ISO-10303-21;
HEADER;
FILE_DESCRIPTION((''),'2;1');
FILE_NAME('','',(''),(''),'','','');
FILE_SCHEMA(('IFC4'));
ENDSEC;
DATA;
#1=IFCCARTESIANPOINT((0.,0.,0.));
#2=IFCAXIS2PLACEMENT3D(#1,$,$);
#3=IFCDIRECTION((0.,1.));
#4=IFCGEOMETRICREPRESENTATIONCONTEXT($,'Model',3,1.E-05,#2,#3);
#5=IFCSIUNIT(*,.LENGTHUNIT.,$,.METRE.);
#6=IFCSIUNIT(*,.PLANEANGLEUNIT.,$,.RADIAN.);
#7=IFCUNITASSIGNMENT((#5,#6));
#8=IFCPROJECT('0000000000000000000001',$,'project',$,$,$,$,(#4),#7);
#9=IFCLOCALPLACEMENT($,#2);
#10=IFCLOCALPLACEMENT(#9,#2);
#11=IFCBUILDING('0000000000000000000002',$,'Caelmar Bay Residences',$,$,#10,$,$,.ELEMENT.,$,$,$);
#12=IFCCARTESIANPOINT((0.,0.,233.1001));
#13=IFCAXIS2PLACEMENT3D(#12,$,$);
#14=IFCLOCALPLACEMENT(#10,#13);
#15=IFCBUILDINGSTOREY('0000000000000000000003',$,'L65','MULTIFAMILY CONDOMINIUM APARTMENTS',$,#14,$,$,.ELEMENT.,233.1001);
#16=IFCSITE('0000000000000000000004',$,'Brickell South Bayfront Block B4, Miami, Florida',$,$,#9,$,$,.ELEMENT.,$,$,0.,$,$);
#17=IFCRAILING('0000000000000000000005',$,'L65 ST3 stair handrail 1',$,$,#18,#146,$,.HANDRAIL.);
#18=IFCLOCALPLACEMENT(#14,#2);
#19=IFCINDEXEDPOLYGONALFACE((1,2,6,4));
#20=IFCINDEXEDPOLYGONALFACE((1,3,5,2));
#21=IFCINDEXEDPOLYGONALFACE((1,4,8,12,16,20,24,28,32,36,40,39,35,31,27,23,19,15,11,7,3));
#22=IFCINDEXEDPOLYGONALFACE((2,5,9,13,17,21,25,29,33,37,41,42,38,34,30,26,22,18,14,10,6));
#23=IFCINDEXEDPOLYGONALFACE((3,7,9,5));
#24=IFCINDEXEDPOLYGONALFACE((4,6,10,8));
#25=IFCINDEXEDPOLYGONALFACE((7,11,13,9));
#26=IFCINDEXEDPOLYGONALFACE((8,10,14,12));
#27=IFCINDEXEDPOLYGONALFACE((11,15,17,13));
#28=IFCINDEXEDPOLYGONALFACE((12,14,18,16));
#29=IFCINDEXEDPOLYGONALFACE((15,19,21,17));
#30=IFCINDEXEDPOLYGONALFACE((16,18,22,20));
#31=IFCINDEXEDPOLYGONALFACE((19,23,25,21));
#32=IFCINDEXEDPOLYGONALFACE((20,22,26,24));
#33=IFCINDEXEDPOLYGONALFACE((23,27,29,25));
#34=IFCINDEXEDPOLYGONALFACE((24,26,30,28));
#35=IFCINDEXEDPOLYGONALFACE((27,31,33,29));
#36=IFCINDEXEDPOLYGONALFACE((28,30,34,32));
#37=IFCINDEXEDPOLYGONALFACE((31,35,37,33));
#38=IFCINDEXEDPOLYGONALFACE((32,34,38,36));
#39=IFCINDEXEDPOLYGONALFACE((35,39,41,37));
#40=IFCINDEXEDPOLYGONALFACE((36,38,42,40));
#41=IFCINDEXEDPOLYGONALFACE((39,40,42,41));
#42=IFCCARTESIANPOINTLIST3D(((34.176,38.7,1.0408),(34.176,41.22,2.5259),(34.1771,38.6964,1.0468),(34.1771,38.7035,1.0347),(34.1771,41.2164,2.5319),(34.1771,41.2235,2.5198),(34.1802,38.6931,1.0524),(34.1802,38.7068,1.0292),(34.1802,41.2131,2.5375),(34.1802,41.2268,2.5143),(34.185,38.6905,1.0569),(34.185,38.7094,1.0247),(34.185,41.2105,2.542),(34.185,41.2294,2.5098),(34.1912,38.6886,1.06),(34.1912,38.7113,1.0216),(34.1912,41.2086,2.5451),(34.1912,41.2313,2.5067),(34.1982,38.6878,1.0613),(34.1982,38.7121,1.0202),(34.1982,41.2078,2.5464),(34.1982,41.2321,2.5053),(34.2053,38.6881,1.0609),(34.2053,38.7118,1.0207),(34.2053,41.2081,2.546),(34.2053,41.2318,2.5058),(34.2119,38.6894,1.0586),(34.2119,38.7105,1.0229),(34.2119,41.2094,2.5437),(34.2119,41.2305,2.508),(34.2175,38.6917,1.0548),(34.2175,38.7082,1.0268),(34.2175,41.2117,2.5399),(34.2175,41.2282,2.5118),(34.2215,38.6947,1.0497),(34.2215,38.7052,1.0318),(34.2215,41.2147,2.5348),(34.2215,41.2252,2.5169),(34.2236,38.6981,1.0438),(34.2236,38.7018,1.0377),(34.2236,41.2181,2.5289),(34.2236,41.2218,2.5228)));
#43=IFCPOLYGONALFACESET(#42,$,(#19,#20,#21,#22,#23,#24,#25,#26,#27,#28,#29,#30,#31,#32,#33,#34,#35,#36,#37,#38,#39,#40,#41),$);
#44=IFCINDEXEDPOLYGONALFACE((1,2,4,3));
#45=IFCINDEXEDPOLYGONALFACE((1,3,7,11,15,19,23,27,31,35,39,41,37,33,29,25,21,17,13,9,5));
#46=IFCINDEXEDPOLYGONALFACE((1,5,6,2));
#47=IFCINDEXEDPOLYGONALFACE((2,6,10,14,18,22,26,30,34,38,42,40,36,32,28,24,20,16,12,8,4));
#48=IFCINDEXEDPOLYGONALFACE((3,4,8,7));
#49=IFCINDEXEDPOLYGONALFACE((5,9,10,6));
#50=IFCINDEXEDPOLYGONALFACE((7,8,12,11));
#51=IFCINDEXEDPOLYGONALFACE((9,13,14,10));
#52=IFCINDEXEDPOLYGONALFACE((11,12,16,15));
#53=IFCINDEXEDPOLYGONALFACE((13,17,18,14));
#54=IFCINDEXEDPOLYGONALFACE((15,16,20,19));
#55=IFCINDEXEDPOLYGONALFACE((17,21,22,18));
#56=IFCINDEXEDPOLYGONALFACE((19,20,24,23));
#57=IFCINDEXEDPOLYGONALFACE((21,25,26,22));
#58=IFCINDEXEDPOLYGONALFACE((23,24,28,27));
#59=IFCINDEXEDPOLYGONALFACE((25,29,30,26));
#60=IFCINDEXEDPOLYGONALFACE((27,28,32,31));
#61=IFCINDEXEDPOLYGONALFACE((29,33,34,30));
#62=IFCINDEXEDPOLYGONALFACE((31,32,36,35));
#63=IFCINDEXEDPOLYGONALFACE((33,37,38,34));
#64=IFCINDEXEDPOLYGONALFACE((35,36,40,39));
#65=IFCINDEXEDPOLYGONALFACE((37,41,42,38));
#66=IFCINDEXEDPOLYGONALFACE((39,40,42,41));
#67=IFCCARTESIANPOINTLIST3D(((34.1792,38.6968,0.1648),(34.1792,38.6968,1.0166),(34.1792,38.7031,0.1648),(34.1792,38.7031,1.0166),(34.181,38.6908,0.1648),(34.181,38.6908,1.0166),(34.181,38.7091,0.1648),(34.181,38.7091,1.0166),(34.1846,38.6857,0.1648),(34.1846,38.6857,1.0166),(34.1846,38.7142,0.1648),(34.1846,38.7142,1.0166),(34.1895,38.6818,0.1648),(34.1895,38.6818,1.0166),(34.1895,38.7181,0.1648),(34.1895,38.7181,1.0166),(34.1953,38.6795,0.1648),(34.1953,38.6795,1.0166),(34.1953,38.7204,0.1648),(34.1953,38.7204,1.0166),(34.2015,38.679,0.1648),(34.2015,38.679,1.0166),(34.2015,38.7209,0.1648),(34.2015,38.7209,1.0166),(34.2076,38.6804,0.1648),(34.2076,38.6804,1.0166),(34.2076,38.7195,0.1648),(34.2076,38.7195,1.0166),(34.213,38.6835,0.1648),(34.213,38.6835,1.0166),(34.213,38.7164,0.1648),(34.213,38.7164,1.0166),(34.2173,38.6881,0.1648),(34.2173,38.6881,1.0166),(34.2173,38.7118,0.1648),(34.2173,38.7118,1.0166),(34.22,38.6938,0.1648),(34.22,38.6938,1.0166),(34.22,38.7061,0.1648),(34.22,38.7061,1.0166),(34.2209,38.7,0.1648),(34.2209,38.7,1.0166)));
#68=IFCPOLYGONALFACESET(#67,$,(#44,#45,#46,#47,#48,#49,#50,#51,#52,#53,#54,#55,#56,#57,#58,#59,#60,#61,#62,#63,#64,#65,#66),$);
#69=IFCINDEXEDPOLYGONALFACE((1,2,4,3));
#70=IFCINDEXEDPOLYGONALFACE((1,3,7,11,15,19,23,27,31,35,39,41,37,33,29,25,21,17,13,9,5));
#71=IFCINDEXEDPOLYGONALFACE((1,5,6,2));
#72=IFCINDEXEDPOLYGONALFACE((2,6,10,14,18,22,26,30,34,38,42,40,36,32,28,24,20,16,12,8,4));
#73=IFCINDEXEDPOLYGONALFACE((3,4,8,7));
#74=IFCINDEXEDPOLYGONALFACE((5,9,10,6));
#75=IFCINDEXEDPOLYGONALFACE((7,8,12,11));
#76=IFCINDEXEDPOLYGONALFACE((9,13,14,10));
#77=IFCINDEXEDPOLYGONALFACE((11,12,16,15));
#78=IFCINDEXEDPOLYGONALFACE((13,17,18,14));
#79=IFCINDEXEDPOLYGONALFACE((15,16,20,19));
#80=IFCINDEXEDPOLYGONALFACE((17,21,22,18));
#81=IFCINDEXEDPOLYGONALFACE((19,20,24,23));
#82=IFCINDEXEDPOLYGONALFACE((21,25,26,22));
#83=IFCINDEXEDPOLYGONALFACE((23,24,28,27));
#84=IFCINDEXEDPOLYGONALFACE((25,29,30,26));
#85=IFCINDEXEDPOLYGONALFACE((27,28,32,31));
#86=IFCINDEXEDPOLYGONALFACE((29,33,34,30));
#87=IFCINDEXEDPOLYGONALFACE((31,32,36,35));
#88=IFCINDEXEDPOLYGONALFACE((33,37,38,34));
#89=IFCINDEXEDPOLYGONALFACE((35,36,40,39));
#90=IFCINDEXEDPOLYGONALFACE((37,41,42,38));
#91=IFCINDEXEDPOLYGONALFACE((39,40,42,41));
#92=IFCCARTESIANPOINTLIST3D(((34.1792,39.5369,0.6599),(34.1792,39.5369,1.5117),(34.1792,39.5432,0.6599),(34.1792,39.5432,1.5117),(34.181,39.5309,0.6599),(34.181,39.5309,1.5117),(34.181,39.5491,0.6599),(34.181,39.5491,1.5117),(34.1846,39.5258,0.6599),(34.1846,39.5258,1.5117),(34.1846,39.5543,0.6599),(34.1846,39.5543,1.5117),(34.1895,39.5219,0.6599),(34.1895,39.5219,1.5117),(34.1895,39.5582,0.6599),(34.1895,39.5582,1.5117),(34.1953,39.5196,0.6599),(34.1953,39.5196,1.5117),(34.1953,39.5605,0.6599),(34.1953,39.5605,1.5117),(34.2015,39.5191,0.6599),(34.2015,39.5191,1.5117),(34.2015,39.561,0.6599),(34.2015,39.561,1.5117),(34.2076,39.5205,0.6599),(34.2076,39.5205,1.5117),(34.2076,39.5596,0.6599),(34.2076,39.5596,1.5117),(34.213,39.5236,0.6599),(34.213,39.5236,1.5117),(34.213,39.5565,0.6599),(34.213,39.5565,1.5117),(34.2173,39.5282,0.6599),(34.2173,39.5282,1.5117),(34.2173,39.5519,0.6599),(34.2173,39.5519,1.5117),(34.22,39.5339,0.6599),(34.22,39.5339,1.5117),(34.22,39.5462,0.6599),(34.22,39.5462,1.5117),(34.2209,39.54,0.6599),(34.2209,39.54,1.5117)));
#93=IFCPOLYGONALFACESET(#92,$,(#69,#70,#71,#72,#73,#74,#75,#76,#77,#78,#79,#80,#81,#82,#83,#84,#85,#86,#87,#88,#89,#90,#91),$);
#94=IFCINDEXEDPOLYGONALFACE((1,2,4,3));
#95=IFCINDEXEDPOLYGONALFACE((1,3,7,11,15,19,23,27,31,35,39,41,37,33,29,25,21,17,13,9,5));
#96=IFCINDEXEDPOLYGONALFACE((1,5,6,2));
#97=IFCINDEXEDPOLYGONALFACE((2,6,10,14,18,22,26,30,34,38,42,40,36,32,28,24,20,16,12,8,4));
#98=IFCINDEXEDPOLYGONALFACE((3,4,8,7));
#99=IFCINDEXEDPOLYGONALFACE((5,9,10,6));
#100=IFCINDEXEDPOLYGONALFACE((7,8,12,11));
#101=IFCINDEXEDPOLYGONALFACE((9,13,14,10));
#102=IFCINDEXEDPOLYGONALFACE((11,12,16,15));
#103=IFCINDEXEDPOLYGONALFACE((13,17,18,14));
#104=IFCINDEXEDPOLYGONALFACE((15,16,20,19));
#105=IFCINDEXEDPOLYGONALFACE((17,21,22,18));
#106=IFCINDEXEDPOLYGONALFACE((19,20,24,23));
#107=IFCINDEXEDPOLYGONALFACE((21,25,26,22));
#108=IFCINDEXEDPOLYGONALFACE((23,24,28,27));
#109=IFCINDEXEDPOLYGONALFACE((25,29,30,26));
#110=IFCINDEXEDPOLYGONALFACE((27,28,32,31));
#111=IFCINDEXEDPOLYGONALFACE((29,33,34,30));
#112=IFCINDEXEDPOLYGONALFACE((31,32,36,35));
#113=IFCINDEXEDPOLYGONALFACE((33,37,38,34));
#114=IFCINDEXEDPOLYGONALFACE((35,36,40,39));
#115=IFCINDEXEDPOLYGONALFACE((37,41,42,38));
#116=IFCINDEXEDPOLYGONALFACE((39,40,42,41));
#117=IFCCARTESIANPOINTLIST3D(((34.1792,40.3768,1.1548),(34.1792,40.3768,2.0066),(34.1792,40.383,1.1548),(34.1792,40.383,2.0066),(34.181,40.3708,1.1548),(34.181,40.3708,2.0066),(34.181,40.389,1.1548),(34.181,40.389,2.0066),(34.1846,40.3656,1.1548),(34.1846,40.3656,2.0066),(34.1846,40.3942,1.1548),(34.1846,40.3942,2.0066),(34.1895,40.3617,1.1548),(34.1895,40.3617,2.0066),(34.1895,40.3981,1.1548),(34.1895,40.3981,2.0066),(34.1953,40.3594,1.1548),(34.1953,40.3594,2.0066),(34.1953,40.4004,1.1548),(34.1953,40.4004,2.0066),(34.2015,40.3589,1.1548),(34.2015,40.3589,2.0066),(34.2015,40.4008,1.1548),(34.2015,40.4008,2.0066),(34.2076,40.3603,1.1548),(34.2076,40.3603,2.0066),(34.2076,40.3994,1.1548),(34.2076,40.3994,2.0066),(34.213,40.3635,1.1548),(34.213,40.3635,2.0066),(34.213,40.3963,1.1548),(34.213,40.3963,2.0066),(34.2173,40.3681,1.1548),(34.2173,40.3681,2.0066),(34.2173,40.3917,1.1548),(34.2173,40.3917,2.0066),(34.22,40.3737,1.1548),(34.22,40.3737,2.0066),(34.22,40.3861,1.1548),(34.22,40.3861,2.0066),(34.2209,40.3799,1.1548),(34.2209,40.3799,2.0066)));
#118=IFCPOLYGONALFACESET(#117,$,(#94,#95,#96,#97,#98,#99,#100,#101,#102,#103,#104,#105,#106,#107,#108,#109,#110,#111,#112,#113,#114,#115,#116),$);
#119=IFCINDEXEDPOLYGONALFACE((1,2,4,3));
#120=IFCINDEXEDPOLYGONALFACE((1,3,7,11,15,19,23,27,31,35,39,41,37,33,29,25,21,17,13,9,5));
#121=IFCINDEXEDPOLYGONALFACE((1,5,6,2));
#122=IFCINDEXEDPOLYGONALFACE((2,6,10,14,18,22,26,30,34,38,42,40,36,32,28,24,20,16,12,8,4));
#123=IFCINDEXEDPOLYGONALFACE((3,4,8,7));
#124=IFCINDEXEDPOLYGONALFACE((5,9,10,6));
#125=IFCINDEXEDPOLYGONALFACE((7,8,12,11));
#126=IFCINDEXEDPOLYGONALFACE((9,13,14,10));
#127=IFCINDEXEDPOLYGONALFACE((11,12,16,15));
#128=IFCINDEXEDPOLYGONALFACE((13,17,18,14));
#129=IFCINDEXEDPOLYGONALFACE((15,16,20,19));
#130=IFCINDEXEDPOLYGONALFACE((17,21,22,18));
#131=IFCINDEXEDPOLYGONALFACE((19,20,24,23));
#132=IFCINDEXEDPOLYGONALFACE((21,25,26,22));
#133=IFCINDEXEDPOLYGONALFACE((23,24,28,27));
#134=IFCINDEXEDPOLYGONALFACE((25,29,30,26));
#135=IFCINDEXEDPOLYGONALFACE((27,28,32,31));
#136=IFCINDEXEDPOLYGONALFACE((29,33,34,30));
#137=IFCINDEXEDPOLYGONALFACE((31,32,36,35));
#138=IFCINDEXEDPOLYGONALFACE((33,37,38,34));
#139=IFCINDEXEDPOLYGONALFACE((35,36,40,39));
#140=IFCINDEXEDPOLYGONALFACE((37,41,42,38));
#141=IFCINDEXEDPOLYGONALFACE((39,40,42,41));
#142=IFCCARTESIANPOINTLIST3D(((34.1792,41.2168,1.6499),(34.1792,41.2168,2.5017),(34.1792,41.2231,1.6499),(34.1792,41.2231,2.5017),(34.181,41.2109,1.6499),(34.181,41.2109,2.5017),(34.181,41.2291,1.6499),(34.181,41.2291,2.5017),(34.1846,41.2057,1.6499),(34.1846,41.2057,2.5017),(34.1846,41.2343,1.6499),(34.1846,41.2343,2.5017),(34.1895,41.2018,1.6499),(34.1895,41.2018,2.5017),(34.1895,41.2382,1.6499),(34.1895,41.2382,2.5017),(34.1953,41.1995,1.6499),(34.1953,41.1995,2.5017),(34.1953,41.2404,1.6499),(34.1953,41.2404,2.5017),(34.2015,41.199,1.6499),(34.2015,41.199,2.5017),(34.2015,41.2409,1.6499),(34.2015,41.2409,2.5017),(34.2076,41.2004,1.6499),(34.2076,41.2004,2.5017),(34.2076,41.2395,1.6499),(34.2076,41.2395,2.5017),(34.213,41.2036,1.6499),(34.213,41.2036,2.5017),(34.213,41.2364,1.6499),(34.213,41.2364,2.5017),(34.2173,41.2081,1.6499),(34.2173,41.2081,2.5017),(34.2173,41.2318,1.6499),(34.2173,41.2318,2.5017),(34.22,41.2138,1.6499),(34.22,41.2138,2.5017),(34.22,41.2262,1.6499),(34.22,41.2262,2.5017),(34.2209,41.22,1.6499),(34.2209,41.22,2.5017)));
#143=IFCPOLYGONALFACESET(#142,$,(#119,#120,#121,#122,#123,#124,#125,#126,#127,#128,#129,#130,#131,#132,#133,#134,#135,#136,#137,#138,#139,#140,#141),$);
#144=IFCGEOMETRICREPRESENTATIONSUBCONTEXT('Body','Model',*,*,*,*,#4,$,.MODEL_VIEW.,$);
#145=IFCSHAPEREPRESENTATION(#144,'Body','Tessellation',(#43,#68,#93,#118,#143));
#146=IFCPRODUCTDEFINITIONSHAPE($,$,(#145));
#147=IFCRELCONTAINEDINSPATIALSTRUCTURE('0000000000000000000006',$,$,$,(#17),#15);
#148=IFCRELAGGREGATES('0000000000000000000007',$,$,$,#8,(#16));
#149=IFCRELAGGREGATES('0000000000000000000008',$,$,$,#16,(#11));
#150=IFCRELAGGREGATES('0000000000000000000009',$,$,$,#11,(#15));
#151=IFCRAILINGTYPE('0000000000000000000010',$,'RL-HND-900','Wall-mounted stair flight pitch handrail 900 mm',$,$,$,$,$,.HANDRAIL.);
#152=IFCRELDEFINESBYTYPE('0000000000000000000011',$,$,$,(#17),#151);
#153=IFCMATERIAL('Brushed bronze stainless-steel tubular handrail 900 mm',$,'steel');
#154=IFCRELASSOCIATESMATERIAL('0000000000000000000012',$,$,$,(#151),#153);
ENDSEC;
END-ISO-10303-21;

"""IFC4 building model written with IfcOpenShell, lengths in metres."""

from ifc_helpers import new_model, si_unit, direction, frame, origin, origin_2d, place, context, subcontext, project, spatial, circle, extrude, material, type_object, element, save


model = new_model("IFC4")

# Units and contexts
model_context = context("Model", 3, precision=1e-05, world=origin(), true_north=direction((0.0, 1.0)))
body_context = subcontext(model_context, "Body", "Model", "MODEL_VIEW")
ifc_project = project(units=[si_unit("LENGTHUNIT", "METRE"), si_unit("PLANEANGLEUNIT", "RADIAN")], contexts=[model_context])

# Site, building, storey
site_placement = place(None, origin())
site = spatial("IfcSite", under=ifc_project, at=site_placement, Name="Brickell South Bayfront Block B4, Miami, Florida", CompositionType="ELEMENT", RefElevation=0.0)
building_placement = place(site_placement, origin())
building = spatial("IfcBuilding", under=site, at=building_placement, Name="Caelmar Bay Residences", CompositionType="ELEMENT")
storey_placement = place(building_placement, frame((0.0, 0.0, 233.1001)))
storey = spatial("IfcBuildingStorey", under=building, at=storey_placement, Name="L65", Description="MULTIFAMILY CONDOMINIUM APARTMENTS", CompositionType="ELEMENT", Elevation=233.1001)

# Railing
ifc_material_1 = material(Name="Brushed bronze stainless-steel tubular handrail 900 mm", Category="steel")
railing_type_1 = type_object("IfcRailingType", Name="RL-HND-900", Description="Wall-mounted stair flight pitch handrail 900 mm", PredefinedType="HANDRAIL", material=ifc_material_1)
railing_1_placement = place(storey_placement, frame((34.2, 38.7, 0.1648)))
element("IfcRailing", 1, at=railing_1_placement, inside=storey, type_object=railing_type_1, Name="L65 ST3 stair handrail 1", PredefinedType="HANDRAIL", context=body_context, shape_type="SweptSolid", body=[
    extrude(circle(Radius=0.0239, at=origin_2d()), frame((0.0, 0.0, 0.876), z_axis=(0.0, 0.861524, 0.507717), x_axis=(-1.0, 0.0, 0.0)), (0.0, 0.0, 1.0), 2.925),
    extrude(circle(Radius=0.021, at=origin_2d()), origin(), (0.0, 0.0, 1.0), 0.8518),
    extrude(circle(Radius=0.021, at=origin_2d()), frame((0.0, 0.8401, 0.4951)), (0.0, 0.0, 1.0), 0.8518),
    extrude(circle(Radius=0.021, at=origin_2d()), frame((0.0, 1.6799, 0.99)), (0.0, 0.0, 1.0), 0.8518),
    extrude(circle(Radius=0.021, at=origin_2d()), frame((0.0, 2.52, 1.4851)), (0.0, 0.0, 1.0), 0.8518),
])

save(model, "model.ifc")
